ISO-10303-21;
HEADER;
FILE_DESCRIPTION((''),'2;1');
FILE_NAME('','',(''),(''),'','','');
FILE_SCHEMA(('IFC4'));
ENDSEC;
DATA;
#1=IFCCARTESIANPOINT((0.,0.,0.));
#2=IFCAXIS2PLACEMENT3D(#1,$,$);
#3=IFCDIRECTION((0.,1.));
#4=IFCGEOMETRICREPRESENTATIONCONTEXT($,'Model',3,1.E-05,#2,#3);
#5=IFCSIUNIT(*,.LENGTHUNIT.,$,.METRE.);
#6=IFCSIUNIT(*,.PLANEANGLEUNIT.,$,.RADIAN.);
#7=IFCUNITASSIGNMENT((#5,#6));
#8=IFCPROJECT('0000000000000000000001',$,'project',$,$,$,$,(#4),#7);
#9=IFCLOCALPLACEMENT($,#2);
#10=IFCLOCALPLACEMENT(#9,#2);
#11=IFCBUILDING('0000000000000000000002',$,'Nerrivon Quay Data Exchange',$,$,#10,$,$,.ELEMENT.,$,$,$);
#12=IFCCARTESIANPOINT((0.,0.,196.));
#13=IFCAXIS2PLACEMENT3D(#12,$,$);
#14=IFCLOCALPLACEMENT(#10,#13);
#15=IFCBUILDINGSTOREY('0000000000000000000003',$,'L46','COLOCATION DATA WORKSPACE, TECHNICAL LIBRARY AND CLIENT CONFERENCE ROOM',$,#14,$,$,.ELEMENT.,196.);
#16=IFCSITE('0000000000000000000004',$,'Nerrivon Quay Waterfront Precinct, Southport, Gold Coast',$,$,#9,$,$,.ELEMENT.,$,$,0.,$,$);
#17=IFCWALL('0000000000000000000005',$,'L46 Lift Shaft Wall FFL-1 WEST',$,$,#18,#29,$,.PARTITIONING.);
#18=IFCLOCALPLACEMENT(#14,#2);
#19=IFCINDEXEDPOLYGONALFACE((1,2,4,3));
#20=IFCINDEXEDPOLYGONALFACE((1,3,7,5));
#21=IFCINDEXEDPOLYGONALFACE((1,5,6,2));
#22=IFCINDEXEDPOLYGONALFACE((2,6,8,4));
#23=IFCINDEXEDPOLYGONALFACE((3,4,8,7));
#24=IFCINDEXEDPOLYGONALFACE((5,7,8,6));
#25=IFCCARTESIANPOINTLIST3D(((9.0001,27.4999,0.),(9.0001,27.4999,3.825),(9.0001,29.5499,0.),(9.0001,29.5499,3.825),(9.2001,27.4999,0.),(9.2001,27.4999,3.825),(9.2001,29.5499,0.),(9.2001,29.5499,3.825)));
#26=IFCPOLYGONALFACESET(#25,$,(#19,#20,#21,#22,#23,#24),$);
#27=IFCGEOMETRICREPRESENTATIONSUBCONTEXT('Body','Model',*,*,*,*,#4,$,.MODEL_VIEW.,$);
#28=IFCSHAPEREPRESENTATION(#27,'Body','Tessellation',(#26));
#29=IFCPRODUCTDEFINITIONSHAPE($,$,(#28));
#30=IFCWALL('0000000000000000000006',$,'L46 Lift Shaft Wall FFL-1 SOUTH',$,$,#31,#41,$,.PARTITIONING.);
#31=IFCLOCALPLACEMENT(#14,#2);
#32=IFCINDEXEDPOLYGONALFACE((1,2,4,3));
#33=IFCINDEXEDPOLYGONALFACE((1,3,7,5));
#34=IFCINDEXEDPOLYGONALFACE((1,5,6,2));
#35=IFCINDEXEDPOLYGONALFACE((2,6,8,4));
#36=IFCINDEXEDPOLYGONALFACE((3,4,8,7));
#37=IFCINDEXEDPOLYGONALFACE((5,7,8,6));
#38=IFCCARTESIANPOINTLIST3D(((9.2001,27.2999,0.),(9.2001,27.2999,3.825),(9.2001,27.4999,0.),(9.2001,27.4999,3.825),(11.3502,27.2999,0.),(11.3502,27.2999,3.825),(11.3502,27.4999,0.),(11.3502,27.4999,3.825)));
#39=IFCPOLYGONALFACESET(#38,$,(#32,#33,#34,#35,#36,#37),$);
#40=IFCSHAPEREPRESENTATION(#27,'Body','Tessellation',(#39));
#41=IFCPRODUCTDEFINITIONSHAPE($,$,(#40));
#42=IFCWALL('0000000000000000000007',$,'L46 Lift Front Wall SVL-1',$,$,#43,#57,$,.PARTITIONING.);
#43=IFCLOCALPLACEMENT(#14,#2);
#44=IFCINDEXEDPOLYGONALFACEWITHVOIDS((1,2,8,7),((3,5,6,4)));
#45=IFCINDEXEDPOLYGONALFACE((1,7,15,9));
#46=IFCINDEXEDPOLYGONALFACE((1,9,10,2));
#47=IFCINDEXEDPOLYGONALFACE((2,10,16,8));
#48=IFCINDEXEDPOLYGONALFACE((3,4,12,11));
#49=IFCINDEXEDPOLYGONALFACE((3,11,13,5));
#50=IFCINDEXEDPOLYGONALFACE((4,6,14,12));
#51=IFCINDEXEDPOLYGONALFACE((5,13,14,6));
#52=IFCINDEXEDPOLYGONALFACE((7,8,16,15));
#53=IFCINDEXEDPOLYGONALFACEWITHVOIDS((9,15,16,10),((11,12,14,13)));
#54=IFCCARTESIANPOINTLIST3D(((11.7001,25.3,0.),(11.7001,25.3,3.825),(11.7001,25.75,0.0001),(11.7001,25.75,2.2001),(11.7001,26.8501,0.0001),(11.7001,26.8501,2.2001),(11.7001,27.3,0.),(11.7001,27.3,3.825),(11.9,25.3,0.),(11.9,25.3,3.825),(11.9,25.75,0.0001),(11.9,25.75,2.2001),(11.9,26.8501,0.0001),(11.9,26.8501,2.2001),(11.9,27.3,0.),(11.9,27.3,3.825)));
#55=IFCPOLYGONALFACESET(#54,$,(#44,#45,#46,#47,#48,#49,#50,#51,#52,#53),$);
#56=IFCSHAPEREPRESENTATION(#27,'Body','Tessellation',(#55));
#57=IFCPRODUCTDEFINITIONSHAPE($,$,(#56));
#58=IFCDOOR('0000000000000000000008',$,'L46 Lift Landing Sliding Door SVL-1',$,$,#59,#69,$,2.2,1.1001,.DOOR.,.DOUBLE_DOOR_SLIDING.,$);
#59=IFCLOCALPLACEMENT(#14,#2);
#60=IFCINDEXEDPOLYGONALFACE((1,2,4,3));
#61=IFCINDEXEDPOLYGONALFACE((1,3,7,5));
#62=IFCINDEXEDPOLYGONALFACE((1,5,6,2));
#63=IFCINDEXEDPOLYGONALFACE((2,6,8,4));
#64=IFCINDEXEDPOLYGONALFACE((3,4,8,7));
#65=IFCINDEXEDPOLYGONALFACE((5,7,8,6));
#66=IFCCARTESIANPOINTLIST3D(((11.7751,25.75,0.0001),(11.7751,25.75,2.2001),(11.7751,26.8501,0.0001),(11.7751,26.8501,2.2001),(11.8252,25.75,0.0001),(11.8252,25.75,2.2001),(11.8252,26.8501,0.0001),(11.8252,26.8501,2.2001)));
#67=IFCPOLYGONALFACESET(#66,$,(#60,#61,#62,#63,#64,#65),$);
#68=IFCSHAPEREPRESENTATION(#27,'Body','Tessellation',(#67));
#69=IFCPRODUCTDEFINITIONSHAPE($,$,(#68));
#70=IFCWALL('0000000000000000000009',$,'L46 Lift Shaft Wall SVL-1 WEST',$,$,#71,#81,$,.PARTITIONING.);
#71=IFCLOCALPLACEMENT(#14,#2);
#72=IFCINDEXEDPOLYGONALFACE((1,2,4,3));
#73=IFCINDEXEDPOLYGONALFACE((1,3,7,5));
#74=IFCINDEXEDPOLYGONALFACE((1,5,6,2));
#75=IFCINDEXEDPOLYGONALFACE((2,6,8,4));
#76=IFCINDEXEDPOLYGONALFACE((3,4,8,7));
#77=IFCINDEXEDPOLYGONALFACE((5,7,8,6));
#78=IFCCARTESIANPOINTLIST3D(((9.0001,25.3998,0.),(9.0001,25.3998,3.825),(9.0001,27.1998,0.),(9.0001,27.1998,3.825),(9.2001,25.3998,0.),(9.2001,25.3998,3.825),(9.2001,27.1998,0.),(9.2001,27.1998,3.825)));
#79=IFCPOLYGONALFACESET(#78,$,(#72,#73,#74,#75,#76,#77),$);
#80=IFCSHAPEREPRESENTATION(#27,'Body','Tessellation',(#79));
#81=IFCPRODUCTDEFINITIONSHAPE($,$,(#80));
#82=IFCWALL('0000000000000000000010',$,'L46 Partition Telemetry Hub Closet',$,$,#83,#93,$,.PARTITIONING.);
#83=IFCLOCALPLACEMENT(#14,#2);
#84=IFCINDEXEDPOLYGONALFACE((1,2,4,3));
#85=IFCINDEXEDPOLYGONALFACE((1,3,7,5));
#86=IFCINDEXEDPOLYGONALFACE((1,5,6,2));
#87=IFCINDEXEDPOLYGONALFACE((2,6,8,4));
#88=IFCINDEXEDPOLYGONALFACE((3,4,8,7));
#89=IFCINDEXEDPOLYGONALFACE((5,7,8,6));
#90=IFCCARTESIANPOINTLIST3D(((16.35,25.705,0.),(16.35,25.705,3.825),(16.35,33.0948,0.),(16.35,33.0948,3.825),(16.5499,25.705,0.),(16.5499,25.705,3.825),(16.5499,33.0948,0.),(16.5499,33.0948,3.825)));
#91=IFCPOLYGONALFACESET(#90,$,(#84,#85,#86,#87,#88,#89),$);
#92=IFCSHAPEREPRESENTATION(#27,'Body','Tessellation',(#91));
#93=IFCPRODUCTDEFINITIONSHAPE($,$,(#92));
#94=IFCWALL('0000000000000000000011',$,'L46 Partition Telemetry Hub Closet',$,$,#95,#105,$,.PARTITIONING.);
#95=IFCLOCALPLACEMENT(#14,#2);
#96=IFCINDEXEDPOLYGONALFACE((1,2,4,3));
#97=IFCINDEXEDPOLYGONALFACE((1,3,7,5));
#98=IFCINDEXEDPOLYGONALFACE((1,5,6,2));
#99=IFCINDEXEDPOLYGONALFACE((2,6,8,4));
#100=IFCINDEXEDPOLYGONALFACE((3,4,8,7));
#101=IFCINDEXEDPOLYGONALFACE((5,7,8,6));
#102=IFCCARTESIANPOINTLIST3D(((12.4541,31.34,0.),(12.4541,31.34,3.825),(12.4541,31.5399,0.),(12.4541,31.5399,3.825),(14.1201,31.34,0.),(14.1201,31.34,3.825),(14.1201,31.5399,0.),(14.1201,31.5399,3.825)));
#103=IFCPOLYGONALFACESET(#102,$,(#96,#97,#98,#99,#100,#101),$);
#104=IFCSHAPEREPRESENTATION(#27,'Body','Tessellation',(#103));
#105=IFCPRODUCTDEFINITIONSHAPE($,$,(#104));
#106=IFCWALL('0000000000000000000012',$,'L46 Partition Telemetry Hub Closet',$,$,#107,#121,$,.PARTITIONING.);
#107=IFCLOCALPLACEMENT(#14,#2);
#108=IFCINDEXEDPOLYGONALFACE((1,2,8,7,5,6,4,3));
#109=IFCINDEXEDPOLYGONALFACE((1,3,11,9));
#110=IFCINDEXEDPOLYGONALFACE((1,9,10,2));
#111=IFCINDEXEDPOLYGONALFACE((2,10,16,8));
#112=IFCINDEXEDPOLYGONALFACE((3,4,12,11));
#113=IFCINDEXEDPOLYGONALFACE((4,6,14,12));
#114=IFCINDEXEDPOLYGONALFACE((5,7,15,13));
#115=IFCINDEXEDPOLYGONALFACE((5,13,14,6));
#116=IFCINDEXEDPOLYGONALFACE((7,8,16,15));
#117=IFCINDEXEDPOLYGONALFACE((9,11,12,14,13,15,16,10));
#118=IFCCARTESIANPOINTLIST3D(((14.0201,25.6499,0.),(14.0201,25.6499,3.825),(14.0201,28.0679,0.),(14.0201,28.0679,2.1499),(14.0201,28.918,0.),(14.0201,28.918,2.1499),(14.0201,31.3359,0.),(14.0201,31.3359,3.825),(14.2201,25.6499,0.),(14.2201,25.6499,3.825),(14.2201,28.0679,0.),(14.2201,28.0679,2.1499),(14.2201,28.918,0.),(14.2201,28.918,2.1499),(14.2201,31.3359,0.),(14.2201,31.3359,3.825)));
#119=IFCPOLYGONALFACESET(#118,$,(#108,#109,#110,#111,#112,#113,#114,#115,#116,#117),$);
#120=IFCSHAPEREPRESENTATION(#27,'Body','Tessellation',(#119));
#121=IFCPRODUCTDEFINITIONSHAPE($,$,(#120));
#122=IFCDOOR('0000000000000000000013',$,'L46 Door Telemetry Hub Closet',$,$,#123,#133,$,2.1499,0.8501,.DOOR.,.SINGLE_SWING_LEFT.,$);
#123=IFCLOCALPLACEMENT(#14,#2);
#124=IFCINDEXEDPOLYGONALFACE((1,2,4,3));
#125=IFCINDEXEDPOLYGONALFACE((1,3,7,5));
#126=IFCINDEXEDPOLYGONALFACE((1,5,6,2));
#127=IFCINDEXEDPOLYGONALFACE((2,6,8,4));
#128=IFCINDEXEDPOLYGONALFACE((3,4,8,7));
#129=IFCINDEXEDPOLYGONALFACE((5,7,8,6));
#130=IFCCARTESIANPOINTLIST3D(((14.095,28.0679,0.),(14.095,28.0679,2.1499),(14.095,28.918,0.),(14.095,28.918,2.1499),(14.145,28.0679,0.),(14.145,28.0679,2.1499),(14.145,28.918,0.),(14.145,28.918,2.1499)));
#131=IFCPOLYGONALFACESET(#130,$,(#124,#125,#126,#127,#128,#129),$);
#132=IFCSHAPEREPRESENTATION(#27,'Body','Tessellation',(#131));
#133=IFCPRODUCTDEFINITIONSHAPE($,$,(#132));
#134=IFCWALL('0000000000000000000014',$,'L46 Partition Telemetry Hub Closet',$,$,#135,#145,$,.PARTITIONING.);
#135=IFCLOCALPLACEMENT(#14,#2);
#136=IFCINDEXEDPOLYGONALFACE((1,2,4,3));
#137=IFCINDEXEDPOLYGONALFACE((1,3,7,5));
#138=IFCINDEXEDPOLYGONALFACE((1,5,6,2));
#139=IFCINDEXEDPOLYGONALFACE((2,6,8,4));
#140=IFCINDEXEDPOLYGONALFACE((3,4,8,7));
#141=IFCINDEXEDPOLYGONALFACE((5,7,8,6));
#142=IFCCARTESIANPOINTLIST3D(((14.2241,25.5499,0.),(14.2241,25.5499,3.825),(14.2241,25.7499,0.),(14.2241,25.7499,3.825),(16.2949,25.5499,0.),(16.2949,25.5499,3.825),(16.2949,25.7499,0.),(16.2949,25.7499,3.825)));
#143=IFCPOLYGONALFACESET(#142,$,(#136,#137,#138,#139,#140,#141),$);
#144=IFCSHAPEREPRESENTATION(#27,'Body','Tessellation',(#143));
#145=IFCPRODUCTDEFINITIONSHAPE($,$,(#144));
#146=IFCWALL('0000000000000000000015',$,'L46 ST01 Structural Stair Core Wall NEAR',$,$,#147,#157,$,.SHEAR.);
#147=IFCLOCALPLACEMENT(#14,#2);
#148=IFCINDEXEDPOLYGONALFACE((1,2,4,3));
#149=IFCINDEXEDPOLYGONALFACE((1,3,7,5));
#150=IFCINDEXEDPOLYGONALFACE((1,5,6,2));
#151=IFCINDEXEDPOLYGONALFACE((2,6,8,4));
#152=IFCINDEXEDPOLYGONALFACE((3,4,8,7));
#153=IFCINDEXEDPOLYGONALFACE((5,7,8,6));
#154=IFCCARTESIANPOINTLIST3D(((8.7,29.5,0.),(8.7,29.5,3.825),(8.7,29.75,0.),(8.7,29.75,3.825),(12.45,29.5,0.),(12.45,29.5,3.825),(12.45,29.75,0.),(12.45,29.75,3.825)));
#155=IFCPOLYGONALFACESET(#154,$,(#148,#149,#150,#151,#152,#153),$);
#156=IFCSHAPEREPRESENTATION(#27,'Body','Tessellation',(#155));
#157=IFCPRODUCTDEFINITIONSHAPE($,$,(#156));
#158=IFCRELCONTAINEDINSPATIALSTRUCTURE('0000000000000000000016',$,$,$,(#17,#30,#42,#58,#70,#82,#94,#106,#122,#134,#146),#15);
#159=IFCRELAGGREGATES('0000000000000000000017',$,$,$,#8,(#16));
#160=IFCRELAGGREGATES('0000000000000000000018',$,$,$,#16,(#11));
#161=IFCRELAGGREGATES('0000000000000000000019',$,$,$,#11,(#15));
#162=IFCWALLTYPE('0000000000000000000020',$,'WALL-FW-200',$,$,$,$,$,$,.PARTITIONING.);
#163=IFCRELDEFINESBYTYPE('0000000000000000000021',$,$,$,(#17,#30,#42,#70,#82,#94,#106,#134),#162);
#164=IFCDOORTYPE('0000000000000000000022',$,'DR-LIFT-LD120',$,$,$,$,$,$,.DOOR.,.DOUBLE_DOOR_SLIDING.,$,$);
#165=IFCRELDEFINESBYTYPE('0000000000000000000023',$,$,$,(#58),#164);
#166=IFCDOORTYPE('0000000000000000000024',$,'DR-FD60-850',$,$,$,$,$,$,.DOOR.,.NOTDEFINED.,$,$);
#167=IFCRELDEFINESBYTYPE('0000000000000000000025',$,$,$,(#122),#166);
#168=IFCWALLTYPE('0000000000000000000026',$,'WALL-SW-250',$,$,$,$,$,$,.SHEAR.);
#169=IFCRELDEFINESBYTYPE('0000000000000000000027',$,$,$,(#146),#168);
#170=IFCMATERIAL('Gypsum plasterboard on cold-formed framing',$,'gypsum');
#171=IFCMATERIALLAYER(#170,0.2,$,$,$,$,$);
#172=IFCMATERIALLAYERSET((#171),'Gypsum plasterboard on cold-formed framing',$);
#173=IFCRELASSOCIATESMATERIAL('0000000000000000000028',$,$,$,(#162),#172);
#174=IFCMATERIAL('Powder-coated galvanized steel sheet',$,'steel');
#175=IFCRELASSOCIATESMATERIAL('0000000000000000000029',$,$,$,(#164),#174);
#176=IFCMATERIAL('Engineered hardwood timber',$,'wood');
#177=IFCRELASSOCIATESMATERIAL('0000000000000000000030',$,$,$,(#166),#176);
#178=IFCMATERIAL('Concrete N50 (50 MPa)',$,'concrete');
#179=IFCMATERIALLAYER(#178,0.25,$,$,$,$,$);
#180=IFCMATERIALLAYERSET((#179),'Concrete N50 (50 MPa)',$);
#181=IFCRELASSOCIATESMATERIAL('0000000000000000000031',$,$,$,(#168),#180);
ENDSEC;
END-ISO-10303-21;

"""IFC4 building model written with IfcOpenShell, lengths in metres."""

from ifc_helpers import new_model, si_unit, direction, frame, frame_2d, origin, place, context, subcontext, project, spatial, rectangle, extrude, material, layer, layer_set, type_object, element, fill, save


model = new_model("IFC4")

# Units and contexts
model_context = context("Model", 3, precision=1e-05, world=origin(), true_north=direction((0.0, 1.0)))
body_context = subcontext(model_context, "Body", "Model", "MODEL_VIEW")
ifc_project = project(units=[si_unit("LENGTHUNIT", "METRE"), si_unit("PLANEANGLEUNIT", "RADIAN")], contexts=[model_context])

# Site, building, storey
site_placement = place(None, origin())
site = spatial("IfcSite", under=ifc_project, at=site_placement, Name="Nerrivon Quay Waterfront Precinct, Southport, Gold Coast", CompositionType="ELEMENT", RefElevation=0.0)
building_placement = place(site_placement, origin())
building = spatial("IfcBuilding", under=site, at=building_placement, Name="Nerrivon Quay Data Exchange", CompositionType="ELEMENT")
storey_placement = place(building_placement, frame((0.0, 0.0, 196.0)))
storey = spatial("IfcBuildingStorey", under=building, at=storey_placement, Name="L46", Description="COLOCATION DATA WORKSPACE, TECHNICAL LIBRARY AND CLIENT CONFERENCE ROOM", CompositionType="ELEMENT", Elevation=196.0)

# Shared definitions
ifc_material_1 = material(Name="Powder-coated galvanized steel sheet", Category="steel")
ifc_material_2 = material(Name="Gypsum plasterboard on cold-formed framing", Category="gypsum")
ifc_layer_1 = layer(ifc_material_2, 0.2)
ifc_layer_set_1 = layer_set([ifc_layer_1], Name="Gypsum plasterboard on cold-formed framing")
wall_type_1 = type_object("IfcWallType", Name="WALL-FW-200", PredefinedType="PARTITIONING", material=ifc_layer_set_1)
door_type_1 = type_object("IfcDoorType", Name="DR-LIFT-LD120", OperationType="DOUBLE_DOOR_SLIDING", PredefinedType="DOOR", material=ifc_material_1)

# Walls
wall_1_placement = place(storey_placement, frame((9.1001, 27.5, 0.0), z_axis=(0.0, 0.0, 1.0), x_axis=(0.0, 1.0, 0.0)))
element("IfcWall", 1, at=wall_1_placement, inside=storey, type_object=wall_type_1, Name="L46 Lift Shaft Wall FFL-1 WEST", PredefinedType="PARTITIONING", context=body_context, shape_type="SweptSolid", body=[
    extrude(rectangle(XDim=2.05, YDim=0.2, at=frame_2d((1.0249, 0.0))), origin(), (0.0, 0.0, 1.0), 3.825),
])
wall_2_placement = place(storey_placement, frame((9.2, 27.3999, 0.0), z_axis=(0.0, 0.0, 1.0), x_axis=(1.0, 0.0, 0.0)))
element("IfcWall", 2, at=wall_2_placement, inside=storey, type_object=wall_type_1, Name="L46 Lift Shaft Wall FFL-1 SOUTH", PredefinedType="PARTITIONING", context=body_context, shape_type="SweptSolid", body=[
    extrude(rectangle(XDim=2.1501, YDim=0.2, at=frame_2d((1.0752, 0.0))), origin(), (0.0, 0.0, 1.0), 3.825),
])

# Wall, opening, door
wall_3_placement = place(storey_placement, frame((11.8, 25.3, 0.0), z_axis=(0.0, 0.0, 1.0), x_axis=(0.0, 1.0, 0.0)))
wall_3 = element("IfcWall", 3, at=wall_3_placement, inside=storey, type_object=wall_type_1, Name="L46 Lift Front Wall SVL-1", PredefinedType="PARTITIONING", context=body_context, shape_type="SweptSolid", body=[
    extrude(rectangle(XDim=2.0, YDim=0.2, at=frame_2d((1.0, 0.0))), origin(), (0.0, 0.0, 1.0), 3.825),
])
opening_1_placement = place(wall_3_placement, frame((0.45, 0.0, 0.0)))
opening_1 = element("IfcOpeningElement", 4, at=opening_1_placement, cuts=wall_3, PredefinedType="OPENING", context=body_context, shape_type="SweptSolid", body=[
    extrude(rectangle(XDim=1.1001, YDim=2.2, at=frame_2d((0.55, 1.1001))), frame((0.0, 0.1099, 0.0), z_axis=(0.0, -1.0, 0.0), x_axis=(1.0, 0.0, 0.0)), (0.0, 0.0, 1.0), 0.22),
])
door_1_placement = place(opening_1_placement, origin())
door_1 = element("IfcDoor", 5, at=door_1_placement, inside=storey, type_object=door_type_1, Name="L46 Lift Landing Sliding Door SVL-1", OperationType="DOUBLE_DOOR_SLIDING", OverallHeight=2.2, OverallWidth=1.1001, PredefinedType="DOOR", context=body_context, shape_type="SweptSolid", body=[
    extrude(rectangle(XDim=1.1001, YDim=2.2, at=frame_2d((0.55, 1.1001))), frame((0.0, 0.0249, 0.0), z_axis=(0.0, -1.0, 0.0), x_axis=(1.0, 0.0, 0.0)), (0.0, 0.0, 1.0), 0.05),
])
fill(opening_1, door_1)

# Walls
wall_4_placement = place(storey_placement, frame((9.1001, 25.3999, 0.0), z_axis=(0.0, 0.0, 1.0), x_axis=(0.0, 1.0, 0.0)))
element("IfcWall", 6, at=wall_4_placement, inside=storey, type_object=wall_type_1, Name="L46 Lift Shaft Wall SVL-1 WEST", PredefinedType="PARTITIONING", context=body_context, shape_type="SweptSolid", body=[
    extrude(rectangle(XDim=1.8, YDim=0.2, at=frame_2d((0.8999, 0.0))), origin(), (0.0, 0.0, 1.0), 3.825),
])
wall_5_placement = place(storey_placement, frame((16.45, 25.7051, 0.0), z_axis=(0.0, 0.0, 1.0), x_axis=(0.0, 1.0, 0.0)))
element("IfcWall", 7, at=wall_5_placement, inside=storey, type_object=wall_type_1, Name="L46 Partition Telemetry Hub Closet", PredefinedType="PARTITIONING", context=body_context, shape_type="SweptSolid", body=[
    extrude(rectangle(XDim=7.3899, YDim=0.2, at=frame_2d((3.6948, 0.0))), origin(), (0.0, 0.0, 1.0), 3.825),
])
wall_6_placement = place(storey_placement, frame((12.4541, 31.4399, 0.0), z_axis=(0.0, 0.0, 1.0), x_axis=(1.0, 0.0, 0.0)))
element("IfcWall", 8, at=wall_6_placement, inside=storey, type_object=wall_type_1, Name="L46 Partition Telemetry Hub Closet", PredefinedType="PARTITIONING", context=body_context, shape_type="SweptSolid", body=[
    extrude(rectangle(XDim=1.666, YDim=0.2, at=frame_2d((0.833, 0.0))), origin(), (0.0, 0.0, 1.0), 3.825),
])

# Wall, opening, door
wall_7_placement = place(storey_placement, frame((14.1201, 31.3359, 0.0), z_axis=(0.0, 0.0, 1.0), x_axis=(0.0, -1.0, 0.0)))
wall_7 = element("IfcWall", 9, at=wall_7_placement, inside=storey, type_object=wall_type_1, Name="L46 Partition Telemetry Hub Closet", PredefinedType="PARTITIONING", context=body_context, shape_type="SweptSolid", body=[
    extrude(rectangle(XDim=5.686, YDim=0.2, at=frame_2d((2.843, 0.0))), origin(), (0.0, 0.0, 1.0), 3.825),
])
opening_2_placement = place(wall_7_placement, frame((2.418, 0.0, 0.0)))
opening_2 = element("IfcOpeningElement", 10, at=opening_2_placement, cuts=wall_7, PredefinedType="OPENING", context=body_context, shape_type="SweptSolid", body=[
    extrude(rectangle(XDim=0.8501, YDim=2.1499, at=frame_2d((0.425, 1.075))), frame((0.0, 0.1099, 0.0), z_axis=(0.0, -1.0, 0.0), x_axis=(1.0, 0.0, 0.0)), (0.0, 0.0, 1.0), 0.22),
])
ifc_material_3 = material(Name="Engineered hardwood timber", Category="wood")
door_type_2 = type_object("IfcDoorType", Name="DR-FD60-850", OperationType="NOTDEFINED", PredefinedType="DOOR", material=ifc_material_3)
door_2_placement = place(opening_2_placement, origin())
door_2 = element("IfcDoor", 11, at=door_2_placement, inside=storey, type_object=door_type_2, Name="L46 Door Telemetry Hub Closet", OperationType="SINGLE_SWING_LEFT", OverallHeight=2.1499, OverallWidth=0.8501, PredefinedType="DOOR", context=body_context, shape_type="SweptSolid", body=[
    extrude(rectangle(XDim=0.8501, YDim=2.1499, at=frame_2d((0.425, 1.075))), frame((0.0, 0.0249, 0.0), z_axis=(0.0, -1.0, 0.0), x_axis=(1.0, 0.0, 0.0)), (0.0, 0.0, 1.0), 0.05),
])
fill(opening_2, door_2)

# Walls
wall_8_placement = place(storey_placement, frame((14.2241, 25.6499, 0.0), z_axis=(0.0, 0.0, 1.0), x_axis=(1.0, 0.0, 0.0)))
element("IfcWall", 12, at=wall_8_placement, inside=storey, type_object=wall_type_1, Name="L46 Partition Telemetry Hub Closet", PredefinedType="PARTITIONING", context=body_context, shape_type="SweptSolid", body=[
    extrude(rectangle(XDim=2.0708, YDim=0.2, at=frame_2d((1.0354, 0.0))), origin(), (0.0, 0.0, 1.0), 3.825),
])
ifc_material_4 = material(Name="Concrete N50 (50 MPa)", Category="concrete")
ifc_layer_2 = layer(ifc_material_4, 0.25)
ifc_layer_set_2 = layer_set([ifc_layer_2], Name="Concrete N50 (50 MPa)")
wall_type_2 = type_object("IfcWallType", Name="WALL-SW-250", PredefinedType="SHEAR", material=ifc_layer_set_2)
wall_9_placement = place(storey_placement, frame((12.45, 29.625, 0.0), z_axis=(0.0, 0.0, 1.0), x_axis=(-1.0, 0.0, 0.0)))
element("IfcWall", 13, at=wall_9_placement, inside=storey, type_object=wall_type_2, Name="L46 ST01 Structural Stair Core Wall NEAR", PredefinedType="SHEAR", context=body_context, shape_type="SweptSolid", body=[
    extrude(rectangle(XDim=3.75, YDim=0.25, at=frame_2d((1.875, 0.0))), origin(), (0.0, 0.0, 1.0), 3.825),
])

save(model, "model.ifc")
